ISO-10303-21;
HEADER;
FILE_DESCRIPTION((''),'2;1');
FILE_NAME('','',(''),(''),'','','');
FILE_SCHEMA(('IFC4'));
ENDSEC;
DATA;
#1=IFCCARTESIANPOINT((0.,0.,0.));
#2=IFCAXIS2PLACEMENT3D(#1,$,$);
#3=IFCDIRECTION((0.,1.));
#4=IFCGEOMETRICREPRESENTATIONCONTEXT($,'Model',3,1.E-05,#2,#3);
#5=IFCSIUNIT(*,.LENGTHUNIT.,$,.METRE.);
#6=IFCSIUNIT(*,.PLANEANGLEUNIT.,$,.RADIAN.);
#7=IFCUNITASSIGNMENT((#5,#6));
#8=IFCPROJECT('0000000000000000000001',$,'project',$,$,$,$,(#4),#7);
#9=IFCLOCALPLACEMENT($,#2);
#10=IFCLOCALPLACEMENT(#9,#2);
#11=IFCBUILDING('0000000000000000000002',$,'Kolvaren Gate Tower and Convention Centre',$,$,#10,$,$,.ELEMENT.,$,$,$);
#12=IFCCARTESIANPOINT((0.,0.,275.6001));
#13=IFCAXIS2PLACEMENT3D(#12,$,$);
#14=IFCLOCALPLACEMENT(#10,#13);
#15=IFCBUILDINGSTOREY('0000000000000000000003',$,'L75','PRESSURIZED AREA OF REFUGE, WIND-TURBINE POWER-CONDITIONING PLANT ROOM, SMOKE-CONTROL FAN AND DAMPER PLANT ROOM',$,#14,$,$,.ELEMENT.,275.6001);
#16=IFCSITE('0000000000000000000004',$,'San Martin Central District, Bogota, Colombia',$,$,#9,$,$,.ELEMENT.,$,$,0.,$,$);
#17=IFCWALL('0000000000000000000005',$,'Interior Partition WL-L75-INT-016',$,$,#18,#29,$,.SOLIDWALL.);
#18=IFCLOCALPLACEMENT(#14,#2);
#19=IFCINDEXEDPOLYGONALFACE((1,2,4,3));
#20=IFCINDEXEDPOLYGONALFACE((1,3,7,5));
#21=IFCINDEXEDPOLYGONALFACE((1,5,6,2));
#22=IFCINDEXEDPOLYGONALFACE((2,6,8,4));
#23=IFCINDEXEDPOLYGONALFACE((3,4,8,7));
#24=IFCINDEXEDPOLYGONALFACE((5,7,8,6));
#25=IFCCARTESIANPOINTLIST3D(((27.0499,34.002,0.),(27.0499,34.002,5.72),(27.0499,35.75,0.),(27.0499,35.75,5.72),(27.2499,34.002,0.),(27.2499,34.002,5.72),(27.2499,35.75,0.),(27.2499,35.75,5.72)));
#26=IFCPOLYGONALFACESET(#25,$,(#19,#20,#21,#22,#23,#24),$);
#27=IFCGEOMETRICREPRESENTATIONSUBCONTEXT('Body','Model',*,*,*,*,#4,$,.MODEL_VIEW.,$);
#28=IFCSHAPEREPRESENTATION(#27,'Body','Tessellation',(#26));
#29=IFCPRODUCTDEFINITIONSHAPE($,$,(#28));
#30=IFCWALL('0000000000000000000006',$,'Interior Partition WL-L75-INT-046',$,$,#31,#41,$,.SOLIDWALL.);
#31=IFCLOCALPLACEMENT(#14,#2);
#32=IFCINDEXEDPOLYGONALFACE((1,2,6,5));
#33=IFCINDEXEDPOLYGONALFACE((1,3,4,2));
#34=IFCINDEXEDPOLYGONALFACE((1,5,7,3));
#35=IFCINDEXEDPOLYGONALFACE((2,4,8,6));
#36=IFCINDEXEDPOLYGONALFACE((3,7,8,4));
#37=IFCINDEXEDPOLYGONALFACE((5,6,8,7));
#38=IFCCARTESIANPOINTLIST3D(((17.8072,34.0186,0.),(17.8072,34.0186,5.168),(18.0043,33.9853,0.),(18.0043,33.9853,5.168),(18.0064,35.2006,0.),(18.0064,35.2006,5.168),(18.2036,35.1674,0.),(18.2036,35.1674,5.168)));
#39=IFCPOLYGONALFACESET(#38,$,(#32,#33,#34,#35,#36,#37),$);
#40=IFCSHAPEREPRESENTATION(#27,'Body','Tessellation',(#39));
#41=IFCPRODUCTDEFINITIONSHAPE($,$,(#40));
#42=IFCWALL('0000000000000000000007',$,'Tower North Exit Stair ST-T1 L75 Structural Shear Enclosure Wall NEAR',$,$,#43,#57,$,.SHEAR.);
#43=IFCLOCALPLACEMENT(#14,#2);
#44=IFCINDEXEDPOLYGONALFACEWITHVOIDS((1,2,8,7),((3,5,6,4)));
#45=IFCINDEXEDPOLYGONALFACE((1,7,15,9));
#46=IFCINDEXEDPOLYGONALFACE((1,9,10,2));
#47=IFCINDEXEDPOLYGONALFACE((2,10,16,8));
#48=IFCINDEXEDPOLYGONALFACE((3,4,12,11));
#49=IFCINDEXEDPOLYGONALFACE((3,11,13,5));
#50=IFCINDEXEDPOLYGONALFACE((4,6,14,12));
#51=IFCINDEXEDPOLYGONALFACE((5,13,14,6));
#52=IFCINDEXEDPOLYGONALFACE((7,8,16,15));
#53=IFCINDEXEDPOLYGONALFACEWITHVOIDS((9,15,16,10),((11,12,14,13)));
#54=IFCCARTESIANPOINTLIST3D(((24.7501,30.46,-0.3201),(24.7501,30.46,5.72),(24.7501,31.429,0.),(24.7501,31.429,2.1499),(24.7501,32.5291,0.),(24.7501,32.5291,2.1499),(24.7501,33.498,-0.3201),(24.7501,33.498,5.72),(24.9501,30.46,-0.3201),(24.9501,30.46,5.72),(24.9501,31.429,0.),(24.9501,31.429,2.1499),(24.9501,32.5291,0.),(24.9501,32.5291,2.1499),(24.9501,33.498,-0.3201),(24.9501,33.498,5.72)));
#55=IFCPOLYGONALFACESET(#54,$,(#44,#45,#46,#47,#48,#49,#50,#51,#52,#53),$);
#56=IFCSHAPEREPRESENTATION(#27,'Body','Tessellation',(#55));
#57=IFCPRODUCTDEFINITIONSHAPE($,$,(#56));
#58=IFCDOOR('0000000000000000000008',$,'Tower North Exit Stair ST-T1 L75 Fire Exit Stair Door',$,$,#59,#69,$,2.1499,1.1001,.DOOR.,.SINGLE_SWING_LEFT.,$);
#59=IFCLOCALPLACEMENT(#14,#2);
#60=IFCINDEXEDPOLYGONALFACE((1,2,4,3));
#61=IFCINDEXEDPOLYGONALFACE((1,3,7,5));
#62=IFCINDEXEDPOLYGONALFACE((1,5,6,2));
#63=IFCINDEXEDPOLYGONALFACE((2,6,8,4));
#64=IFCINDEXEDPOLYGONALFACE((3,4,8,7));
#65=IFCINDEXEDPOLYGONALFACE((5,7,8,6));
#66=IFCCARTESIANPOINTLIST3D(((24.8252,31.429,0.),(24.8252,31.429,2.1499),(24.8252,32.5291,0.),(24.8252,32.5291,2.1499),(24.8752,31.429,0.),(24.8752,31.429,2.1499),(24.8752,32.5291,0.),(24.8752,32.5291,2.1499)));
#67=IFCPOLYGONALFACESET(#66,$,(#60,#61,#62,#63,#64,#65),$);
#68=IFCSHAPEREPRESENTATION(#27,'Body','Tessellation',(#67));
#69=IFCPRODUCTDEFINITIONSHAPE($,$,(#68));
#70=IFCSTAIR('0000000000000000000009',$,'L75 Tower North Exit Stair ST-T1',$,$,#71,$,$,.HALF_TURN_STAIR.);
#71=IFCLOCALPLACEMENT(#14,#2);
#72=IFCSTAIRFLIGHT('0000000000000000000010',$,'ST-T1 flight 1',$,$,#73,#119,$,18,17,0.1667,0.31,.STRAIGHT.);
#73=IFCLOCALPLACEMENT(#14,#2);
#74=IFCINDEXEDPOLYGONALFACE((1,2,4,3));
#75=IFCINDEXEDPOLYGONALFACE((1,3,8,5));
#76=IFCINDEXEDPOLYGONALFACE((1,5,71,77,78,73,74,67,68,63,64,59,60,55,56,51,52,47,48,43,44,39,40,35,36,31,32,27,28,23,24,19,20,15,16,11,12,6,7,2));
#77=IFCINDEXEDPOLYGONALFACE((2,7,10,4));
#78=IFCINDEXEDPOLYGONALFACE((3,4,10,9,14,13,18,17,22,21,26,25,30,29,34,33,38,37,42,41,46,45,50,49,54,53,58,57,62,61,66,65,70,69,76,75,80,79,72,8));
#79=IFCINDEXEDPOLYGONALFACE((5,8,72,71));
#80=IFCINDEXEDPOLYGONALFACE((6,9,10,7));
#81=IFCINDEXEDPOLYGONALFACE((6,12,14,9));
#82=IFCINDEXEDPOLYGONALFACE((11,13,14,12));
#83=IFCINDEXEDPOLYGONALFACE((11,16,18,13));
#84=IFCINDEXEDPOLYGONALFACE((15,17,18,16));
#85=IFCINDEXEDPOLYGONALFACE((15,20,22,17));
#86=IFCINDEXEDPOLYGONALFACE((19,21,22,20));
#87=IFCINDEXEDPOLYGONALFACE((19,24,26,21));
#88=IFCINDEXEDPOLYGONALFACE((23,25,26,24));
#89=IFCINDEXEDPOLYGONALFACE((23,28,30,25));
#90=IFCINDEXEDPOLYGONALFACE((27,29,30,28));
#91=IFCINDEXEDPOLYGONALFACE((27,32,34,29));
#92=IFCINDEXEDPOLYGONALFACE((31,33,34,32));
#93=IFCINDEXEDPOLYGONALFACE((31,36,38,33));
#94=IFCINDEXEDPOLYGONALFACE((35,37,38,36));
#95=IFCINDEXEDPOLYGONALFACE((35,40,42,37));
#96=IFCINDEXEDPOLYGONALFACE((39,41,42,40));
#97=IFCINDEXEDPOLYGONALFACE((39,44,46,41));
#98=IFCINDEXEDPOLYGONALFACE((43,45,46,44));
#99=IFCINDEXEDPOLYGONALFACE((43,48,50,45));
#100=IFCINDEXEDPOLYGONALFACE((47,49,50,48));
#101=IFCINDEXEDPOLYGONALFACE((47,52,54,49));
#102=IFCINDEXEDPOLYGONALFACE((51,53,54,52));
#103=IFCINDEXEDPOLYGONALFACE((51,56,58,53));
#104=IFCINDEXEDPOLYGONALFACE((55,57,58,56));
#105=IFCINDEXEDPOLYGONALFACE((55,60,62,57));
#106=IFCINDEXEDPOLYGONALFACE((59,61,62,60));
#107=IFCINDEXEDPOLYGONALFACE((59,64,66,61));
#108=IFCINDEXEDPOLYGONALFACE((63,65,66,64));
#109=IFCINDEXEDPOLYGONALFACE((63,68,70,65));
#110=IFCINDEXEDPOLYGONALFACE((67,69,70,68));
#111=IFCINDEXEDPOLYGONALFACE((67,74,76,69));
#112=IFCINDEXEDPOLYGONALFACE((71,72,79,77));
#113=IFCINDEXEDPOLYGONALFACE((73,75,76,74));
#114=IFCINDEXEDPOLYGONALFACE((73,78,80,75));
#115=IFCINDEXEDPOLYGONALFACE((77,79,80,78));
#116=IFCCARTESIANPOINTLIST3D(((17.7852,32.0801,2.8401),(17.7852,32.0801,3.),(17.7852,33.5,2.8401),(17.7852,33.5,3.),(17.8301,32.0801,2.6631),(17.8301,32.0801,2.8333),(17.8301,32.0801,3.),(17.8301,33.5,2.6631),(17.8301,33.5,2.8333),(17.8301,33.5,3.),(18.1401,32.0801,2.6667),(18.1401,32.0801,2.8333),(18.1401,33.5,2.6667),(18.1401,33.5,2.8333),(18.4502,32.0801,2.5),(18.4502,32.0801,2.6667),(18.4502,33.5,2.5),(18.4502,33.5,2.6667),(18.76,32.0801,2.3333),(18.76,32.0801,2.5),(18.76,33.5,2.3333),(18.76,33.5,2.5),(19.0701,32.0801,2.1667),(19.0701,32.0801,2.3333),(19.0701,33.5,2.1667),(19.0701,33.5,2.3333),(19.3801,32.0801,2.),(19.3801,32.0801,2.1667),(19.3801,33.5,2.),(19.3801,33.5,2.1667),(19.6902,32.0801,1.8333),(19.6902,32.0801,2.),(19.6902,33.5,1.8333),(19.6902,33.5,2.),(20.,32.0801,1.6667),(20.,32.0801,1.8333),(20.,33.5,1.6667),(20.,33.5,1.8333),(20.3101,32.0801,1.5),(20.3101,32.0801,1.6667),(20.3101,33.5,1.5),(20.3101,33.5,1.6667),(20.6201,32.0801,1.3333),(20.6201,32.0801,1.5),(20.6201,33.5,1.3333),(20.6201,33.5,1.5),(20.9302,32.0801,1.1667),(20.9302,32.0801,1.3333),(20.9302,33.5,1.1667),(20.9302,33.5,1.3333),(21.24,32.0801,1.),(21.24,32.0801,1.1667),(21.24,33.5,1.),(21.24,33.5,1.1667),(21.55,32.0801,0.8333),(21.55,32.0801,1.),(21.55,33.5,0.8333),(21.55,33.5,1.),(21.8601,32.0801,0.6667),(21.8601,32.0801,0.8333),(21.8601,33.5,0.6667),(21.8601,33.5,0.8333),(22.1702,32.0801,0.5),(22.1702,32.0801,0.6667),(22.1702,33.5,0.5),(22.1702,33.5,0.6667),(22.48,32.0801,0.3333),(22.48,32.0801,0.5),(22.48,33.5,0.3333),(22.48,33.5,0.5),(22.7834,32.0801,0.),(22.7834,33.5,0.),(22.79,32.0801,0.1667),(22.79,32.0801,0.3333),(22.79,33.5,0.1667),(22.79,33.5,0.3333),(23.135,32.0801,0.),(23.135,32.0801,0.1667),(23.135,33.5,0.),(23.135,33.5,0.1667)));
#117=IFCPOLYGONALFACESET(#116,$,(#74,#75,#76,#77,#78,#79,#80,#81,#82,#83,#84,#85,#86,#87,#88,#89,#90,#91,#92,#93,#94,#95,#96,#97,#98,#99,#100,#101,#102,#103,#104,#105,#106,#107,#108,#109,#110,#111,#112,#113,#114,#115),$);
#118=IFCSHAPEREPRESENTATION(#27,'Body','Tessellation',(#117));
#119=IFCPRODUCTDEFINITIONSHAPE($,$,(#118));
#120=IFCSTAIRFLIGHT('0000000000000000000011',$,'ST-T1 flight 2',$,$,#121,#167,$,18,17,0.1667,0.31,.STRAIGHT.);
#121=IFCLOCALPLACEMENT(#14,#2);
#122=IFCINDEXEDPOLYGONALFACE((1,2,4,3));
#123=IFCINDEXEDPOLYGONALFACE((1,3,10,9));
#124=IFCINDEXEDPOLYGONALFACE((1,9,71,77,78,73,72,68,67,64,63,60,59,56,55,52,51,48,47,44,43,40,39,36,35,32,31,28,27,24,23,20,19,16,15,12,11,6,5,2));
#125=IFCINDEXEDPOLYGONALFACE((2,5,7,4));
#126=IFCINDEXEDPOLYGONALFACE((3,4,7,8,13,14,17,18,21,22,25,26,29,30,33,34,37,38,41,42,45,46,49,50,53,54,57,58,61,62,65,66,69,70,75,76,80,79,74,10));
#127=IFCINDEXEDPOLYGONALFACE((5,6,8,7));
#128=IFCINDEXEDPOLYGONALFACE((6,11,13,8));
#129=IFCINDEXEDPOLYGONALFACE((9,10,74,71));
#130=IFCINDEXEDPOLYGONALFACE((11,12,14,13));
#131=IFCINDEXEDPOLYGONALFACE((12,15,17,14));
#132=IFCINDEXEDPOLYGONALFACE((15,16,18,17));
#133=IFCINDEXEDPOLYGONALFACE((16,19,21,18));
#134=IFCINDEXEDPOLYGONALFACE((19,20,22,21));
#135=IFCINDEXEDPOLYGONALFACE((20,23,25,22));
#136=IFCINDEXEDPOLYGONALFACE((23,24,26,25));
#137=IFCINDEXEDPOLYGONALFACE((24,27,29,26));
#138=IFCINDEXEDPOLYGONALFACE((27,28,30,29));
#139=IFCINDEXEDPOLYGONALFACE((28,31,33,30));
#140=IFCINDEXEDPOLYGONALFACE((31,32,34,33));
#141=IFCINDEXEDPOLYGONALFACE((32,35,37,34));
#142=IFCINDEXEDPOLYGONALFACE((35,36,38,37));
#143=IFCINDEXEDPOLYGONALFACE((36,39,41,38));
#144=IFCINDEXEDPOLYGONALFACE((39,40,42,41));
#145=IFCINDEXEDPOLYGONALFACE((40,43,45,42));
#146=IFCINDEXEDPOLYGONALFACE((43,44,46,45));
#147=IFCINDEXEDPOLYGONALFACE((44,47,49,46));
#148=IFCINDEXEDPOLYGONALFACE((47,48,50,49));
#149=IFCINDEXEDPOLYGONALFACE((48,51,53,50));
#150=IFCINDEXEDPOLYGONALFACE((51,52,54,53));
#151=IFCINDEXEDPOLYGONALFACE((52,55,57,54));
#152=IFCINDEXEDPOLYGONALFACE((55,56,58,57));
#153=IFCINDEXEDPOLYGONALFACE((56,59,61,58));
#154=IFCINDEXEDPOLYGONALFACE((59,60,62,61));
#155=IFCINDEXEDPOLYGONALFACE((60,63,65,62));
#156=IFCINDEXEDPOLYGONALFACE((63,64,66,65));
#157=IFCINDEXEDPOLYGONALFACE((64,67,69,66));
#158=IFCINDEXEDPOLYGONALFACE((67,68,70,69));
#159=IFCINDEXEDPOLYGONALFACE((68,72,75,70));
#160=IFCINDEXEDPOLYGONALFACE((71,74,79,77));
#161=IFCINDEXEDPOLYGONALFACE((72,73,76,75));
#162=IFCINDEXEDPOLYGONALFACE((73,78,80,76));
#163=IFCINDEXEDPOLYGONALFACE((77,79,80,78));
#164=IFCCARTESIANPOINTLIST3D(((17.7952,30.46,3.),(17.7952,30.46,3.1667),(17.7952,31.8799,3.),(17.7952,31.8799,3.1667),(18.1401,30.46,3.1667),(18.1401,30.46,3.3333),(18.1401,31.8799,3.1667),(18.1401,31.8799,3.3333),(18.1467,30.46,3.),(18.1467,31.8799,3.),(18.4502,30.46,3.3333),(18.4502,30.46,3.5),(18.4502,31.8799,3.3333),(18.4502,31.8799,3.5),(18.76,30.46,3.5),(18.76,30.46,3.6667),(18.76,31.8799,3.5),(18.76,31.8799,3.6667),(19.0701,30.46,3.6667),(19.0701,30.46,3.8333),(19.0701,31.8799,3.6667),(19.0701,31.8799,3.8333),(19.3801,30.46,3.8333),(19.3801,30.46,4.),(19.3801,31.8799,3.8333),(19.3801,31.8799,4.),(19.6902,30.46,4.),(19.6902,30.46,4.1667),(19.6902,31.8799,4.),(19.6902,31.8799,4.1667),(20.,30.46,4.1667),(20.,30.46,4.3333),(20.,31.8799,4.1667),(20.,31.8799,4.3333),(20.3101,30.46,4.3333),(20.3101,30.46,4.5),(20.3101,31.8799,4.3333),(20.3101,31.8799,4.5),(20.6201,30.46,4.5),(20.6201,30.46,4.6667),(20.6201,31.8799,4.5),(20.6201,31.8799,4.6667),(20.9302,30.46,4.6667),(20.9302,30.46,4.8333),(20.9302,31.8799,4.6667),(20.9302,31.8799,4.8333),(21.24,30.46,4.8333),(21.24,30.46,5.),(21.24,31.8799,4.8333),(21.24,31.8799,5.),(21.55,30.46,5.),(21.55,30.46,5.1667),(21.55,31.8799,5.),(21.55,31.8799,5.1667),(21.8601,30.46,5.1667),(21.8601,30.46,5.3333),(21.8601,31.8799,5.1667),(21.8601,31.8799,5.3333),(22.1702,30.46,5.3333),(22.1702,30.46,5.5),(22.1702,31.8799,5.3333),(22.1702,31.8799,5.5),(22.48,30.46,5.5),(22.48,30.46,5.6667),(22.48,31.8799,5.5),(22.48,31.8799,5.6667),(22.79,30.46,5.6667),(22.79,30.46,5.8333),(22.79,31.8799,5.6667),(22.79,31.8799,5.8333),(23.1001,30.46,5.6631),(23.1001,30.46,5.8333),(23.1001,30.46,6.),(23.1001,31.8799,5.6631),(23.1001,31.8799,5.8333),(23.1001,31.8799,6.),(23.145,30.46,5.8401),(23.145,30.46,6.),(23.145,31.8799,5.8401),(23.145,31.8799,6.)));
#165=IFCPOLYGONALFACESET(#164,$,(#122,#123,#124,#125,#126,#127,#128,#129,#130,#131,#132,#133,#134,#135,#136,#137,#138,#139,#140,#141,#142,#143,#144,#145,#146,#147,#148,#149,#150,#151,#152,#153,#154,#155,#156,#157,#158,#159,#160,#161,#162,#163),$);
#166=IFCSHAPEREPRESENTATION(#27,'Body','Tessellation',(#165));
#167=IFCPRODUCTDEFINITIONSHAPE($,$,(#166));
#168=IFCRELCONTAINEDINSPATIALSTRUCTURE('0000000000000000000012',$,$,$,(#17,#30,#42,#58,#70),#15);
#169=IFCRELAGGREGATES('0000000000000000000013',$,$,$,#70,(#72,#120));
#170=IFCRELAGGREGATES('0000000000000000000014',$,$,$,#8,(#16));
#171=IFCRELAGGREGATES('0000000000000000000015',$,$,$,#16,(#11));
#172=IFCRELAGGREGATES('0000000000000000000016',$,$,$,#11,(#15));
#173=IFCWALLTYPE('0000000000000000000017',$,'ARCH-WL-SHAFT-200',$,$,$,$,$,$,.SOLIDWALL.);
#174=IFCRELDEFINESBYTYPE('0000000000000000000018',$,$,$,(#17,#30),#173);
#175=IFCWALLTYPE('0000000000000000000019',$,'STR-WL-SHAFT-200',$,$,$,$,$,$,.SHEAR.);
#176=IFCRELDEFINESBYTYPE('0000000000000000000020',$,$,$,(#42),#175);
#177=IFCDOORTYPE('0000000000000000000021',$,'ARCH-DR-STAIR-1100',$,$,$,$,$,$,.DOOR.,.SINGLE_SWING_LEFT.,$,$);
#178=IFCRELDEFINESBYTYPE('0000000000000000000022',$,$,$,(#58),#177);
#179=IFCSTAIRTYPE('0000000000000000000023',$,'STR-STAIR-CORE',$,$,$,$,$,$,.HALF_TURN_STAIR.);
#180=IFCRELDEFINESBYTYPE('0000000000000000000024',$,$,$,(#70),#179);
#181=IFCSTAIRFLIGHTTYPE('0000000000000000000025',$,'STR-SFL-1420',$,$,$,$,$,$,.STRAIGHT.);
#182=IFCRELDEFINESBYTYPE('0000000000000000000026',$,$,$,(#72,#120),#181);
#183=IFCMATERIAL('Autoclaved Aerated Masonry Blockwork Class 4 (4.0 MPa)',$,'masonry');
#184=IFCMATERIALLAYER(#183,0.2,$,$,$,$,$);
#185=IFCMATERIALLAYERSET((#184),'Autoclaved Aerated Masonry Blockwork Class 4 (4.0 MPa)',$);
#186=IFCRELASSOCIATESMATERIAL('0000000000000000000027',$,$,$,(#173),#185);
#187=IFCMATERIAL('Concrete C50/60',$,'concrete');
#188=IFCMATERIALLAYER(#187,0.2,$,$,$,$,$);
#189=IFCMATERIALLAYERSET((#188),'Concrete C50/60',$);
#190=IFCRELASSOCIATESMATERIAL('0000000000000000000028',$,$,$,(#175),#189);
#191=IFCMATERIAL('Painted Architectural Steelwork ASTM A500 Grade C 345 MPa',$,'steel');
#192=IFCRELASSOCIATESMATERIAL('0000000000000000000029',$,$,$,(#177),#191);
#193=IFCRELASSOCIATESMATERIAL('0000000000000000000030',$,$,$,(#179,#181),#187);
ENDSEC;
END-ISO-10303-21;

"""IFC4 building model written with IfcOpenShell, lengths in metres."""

from ifc_helpers import new_model, si_unit, direction, frame, frame_2d, origin, place, context, subcontext, project, spatial, polyline, rectangle, outline, extrude, material, layer, layer_set, type_object, element, fill, aggregate, save


model = new_model("IFC4")

# Units and contexts
model_context = context("Model", 3, precision=1e-05, world=origin(), true_north=direction((0.0, 1.0)))
body_context = subcontext(model_context, "Body", "Model", "MODEL_VIEW")
ifc_project = project(units=[si_unit("LENGTHUNIT", "METRE"), si_unit("PLANEANGLEUNIT", "RADIAN")], contexts=[model_context])

# Site, building, storey
site_placement = place(None, origin())
site = spatial("IfcSite", under=ifc_project, at=site_placement, Name="San Martin Central District, Bogota, Colombia", CompositionType="ELEMENT", RefElevation=0.0)
building_placement = place(site_placement, origin())
building = spatial("IfcBuilding", under=site, at=building_placement, Name="Kolvaren Gate Tower and Convention Centre", CompositionType="ELEMENT")
storey_placement = place(building_placement, frame((0.0, 0.0, 275.6001)))
storey = spatial("IfcBuildingStorey", under=building, at=storey_placement, Name="L75", Description="PRESSURIZED AREA OF REFUGE, WIND-TURBINE POWER-CONDITIONING PLANT ROOM, SMOKE-CONTROL FAN AND DAMPER PLANT ROOM", CompositionType="ELEMENT", Elevation=275.6001)

# Shared definitions
ifc_material_1 = material(Name="Autoclaved Aerated Masonry Blockwork Class 4 (4.0 MPa)", Category="masonry")
ifc_layer_1 = layer(ifc_material_1, 0.2)
ifc_layer_set_1 = layer_set([ifc_layer_1], Name="Autoclaved Aerated Masonry Blockwork Class 4 (4.0 MPa)")
wall_type_1 = type_object("IfcWallType", Name="ARCH-WL-SHAFT-200", PredefinedType="SOLIDWALL", material=ifc_layer_set_1)

# Walls
wall_1_placement = place(storey_placement, frame((27.1499, 34.002, 0.0), z_axis=(0.0, 0.0, 1.0), x_axis=(0.0, 1.0, 0.0)))
element("IfcWall", 1, at=wall_1_placement, inside=storey, type_object=wall_type_1, Name="Interior Partition WL-L75-INT-016", PredefinedType="SOLIDWALL", context=body_context, shape_type="SweptSolid", body=[
    extrude(rectangle(XDim=1.748, YDim=0.2, at=frame_2d((0.874, 0.0))), origin(), (0.0, 0.0, 1.0), 5.72),
])
wall_2_placement = place(storey_placement, frame((17.9058, 34.002, 0.0), z_axis=(0.0, 0.0, 1.0), x_axis=(0.166182, 0.986095, 0.0)))
element("IfcWall", 2, at=wall_2_placement, inside=storey, type_object=wall_type_1, Name="Interior Partition WL-L75-INT-046", PredefinedType="SOLIDWALL", context=body_context, shape_type="SweptSolid", body=[
    extrude(rectangle(XDim=1.1987, YDim=0.2, at=frame_2d((0.5994, 0.0))), origin(), (0.0, 0.0, 1.0), 5.168),
])

# Wall, opening, door
ifc_material_2 = material(Name="Concrete C50/60", Category="concrete")
ifc_layer_2 = layer(ifc_material_2, 0.2)
ifc_layer_set_2 = layer_set([ifc_layer_2], Name="Concrete C50/60")
wall_type_2 = type_object("IfcWallType", Name="STR-WL-SHAFT-200", PredefinedType="SHEAR", material=ifc_layer_set_2)
wall_3_placement = place(storey_placement, frame((24.8501, 30.46, -0.3201), z_axis=(0.0, 0.0, 1.0), x_axis=(0.0, 1.0, 0.0)))
wall_3 = element("IfcWall", 3, at=wall_3_placement, inside=storey, type_object=wall_type_2, Name="Tower North Exit Stair ST-T1 L75 Structural Shear Enclosure Wall NEAR", PredefinedType="SHEAR", context=body_context, shape_type="SweptSolid", body=[
    extrude(rectangle(XDim=3.0381, YDim=0.2, at=frame_2d((1.519, 0.0))), origin(), (0.0, 0.0, 1.0), 6.04),
])
opening_1_placement = place(wall_3_placement, frame((0.969, 0.0, 0.3201)))
opening_1 = element("IfcOpeningElement", 4, at=opening_1_placement, cuts=wall_3, PredefinedType="OPENING", context=body_context, shape_type="SweptSolid", body=[
    extrude(rectangle(XDim=1.1001, YDim=2.1499, at=frame_2d((0.55, 1.075))), frame((0.0, 0.1099, 0.0), z_axis=(0.0, -1.0, 0.0), x_axis=(1.0, 0.0, 0.0)), (0.0, 0.0, 1.0), 0.22),
])
ifc_material_3 = material(Name="Painted Architectural Steelwork ASTM A500 Grade C 345 MPa", Category="steel")
door_type_1 = type_object("IfcDoorType", Name="ARCH-DR-STAIR-1100", OperationType="SINGLE_SWING_LEFT", PredefinedType="DOOR", material=ifc_material_3)
door_1_placement = place(opening_1_placement, origin())
door_1 = element("IfcDoor", 5, at=door_1_placement, inside=storey, type_object=door_type_1, Name="Tower North Exit Stair ST-T1 L75 Fire Exit Stair Door", OperationType="SINGLE_SWING_LEFT", OverallHeight=2.1499, OverallWidth=1.1001, PredefinedType="DOOR", context=body_context, shape_type="SweptSolid", body=[
    extrude(rectangle(XDim=1.1001, YDim=2.1499, at=frame_2d((0.55, 1.075))), frame((0.0, 0.0249, 0.0), z_axis=(0.0, -1.0, 0.0), x_axis=(1.0, 0.0, 0.0)), (0.0, 0.0, 1.0), 0.05),
])
fill(opening_1, door_1)

# Stair, stair flights
stair_type = type_object("IfcStairType", Name="STR-STAIR-CORE", PredefinedType="HALF_TURN_STAIR", material=ifc_material_2)
stair_placement = place(storey_placement, origin())
stair = element("IfcStair", 6, at=stair_placement, inside=storey, type_object=stair_type, Name="L75 Tower North Exit Stair ST-T1", PredefinedType="HALF_TURN_STAIR")
stair_flight_type = type_object("IfcStairFlightType", Name="STR-SFL-1420", PredefinedType="STRAIGHT", material=ifc_material_2)
stair_flight_1_placement = place(storey_placement, frame((23.1001, 32.79, 0.0), z_axis=(0.0, 0.0, 1.0), x_axis=(-1.0, 0.0, 0.0)))
stair_flight_1 = element("IfcStairFlight", 7, at=stair_flight_1_placement, type_object=stair_flight_type, Name="ST-T1 flight 1", NumberOfRisers=18, NumberOfTreads=17, PredefinedType="STRAIGHT", RiserHeight=0.1667, TreadLength=0.31, context=body_context, shape_type="SweptSolid", body=[
    extrude(outline(polyline([(-0.0349, 0.0), (-0.0349, 0.1667), (0.3101, 0.1667), (0.3101, 0.3333), (0.6201, 0.3333), (0.6201, 0.5), (0.9299, 0.5), (0.9299, 0.6667), (1.24, 0.6667), (1.24, 0.8333), (1.55, 0.8333), (1.55, 1.0), (1.8601, 1.0), (1.8601, 1.1667), (2.1699, 1.1667), (2.1699, 1.3333), (2.48, 1.3333), (2.48, 1.5), (2.79, 1.5), (2.79, 1.6667), (3.1001, 1.6667), (3.1001, 1.8333), (3.4099, 1.8333), (3.4099, 2.0), (3.72, 2.0), (3.72, 2.1667), (4.03, 2.1667), (4.03, 2.3333), (4.3401, 2.3333), (4.3401, 2.5), (4.6499, 2.5), (4.6499, 2.6667), (4.96, 2.6667), (4.96, 2.8333), (5.27, 2.8333), (5.27, 3.0), (5.3149, 3.0), (5.3149, 2.8401), (5.27, 2.6631), (0.3167, 0.0), (-0.0349, 0.0)])), frame((0.0, 0.71, 0.0), z_axis=(0.0, -1.0, 0.0), x_axis=(1.0, 0.0, 0.0)), (0.0, 0.0, 1.0), 1.4199),
])
stair_flight_2_placement = place(storey_placement, frame((17.8301, 31.1699, 3.0), z_axis=(0.0, 0.0, 1.0), x_axis=(1.0, 0.0, 0.0)))
stair_flight_2 = element("IfcStairFlight", 8, at=stair_flight_2_placement, type_object=stair_flight_type, Name="ST-T1 flight 2", NumberOfRisers=18, NumberOfTreads=17, PredefinedType="STRAIGHT", RiserHeight=0.1667, TreadLength=0.31, context=body_context, shape_type="SweptSolid", body=[
    extrude(outline(polyline([(-0.0349, 0.0), (-0.0349, 0.1667), (0.3101, 0.1667), (0.3101, 0.3333), (0.6201, 0.3333), (0.6201, 0.5), (0.9299, 0.5), (0.9299, 0.6667), (1.24, 0.6667), (1.24, 0.8333), (1.55, 0.8333), (1.55, 1.0), (1.8601, 1.0), (1.8601, 1.1667), (2.1699, 1.1667), (2.1699, 1.3333), (2.48, 1.3333), (2.48, 1.5), (2.79, 1.5), (2.79, 1.6667), (3.1001, 1.6667), (3.1001, 1.8333), (3.4099, 1.8333), (3.4099, 2.0), (3.72, 2.0), (3.72, 2.1667), (4.03, 2.1667), (4.03, 2.3333), (4.3401, 2.3333), (4.3401, 2.5), (4.6499, 2.5), (4.6499, 2.6667), (4.96, 2.6667), (4.96, 2.8333), (5.27, 2.8333), (5.27, 3.0), (5.3149, 3.0), (5.3149, 2.8401), (5.27, 2.6631), (0.3167, 0.0), (-0.0349, 0.0)])), frame((0.0, 0.71, 0.0), z_axis=(0.0, -1.0, 0.0), x_axis=(1.0, 0.0, 0.0)), (0.0, 0.0, 1.0), 1.4199),
])
aggregate(stair, [stair_flight_1, stair_flight_2])

save(model, "model.ifc")
